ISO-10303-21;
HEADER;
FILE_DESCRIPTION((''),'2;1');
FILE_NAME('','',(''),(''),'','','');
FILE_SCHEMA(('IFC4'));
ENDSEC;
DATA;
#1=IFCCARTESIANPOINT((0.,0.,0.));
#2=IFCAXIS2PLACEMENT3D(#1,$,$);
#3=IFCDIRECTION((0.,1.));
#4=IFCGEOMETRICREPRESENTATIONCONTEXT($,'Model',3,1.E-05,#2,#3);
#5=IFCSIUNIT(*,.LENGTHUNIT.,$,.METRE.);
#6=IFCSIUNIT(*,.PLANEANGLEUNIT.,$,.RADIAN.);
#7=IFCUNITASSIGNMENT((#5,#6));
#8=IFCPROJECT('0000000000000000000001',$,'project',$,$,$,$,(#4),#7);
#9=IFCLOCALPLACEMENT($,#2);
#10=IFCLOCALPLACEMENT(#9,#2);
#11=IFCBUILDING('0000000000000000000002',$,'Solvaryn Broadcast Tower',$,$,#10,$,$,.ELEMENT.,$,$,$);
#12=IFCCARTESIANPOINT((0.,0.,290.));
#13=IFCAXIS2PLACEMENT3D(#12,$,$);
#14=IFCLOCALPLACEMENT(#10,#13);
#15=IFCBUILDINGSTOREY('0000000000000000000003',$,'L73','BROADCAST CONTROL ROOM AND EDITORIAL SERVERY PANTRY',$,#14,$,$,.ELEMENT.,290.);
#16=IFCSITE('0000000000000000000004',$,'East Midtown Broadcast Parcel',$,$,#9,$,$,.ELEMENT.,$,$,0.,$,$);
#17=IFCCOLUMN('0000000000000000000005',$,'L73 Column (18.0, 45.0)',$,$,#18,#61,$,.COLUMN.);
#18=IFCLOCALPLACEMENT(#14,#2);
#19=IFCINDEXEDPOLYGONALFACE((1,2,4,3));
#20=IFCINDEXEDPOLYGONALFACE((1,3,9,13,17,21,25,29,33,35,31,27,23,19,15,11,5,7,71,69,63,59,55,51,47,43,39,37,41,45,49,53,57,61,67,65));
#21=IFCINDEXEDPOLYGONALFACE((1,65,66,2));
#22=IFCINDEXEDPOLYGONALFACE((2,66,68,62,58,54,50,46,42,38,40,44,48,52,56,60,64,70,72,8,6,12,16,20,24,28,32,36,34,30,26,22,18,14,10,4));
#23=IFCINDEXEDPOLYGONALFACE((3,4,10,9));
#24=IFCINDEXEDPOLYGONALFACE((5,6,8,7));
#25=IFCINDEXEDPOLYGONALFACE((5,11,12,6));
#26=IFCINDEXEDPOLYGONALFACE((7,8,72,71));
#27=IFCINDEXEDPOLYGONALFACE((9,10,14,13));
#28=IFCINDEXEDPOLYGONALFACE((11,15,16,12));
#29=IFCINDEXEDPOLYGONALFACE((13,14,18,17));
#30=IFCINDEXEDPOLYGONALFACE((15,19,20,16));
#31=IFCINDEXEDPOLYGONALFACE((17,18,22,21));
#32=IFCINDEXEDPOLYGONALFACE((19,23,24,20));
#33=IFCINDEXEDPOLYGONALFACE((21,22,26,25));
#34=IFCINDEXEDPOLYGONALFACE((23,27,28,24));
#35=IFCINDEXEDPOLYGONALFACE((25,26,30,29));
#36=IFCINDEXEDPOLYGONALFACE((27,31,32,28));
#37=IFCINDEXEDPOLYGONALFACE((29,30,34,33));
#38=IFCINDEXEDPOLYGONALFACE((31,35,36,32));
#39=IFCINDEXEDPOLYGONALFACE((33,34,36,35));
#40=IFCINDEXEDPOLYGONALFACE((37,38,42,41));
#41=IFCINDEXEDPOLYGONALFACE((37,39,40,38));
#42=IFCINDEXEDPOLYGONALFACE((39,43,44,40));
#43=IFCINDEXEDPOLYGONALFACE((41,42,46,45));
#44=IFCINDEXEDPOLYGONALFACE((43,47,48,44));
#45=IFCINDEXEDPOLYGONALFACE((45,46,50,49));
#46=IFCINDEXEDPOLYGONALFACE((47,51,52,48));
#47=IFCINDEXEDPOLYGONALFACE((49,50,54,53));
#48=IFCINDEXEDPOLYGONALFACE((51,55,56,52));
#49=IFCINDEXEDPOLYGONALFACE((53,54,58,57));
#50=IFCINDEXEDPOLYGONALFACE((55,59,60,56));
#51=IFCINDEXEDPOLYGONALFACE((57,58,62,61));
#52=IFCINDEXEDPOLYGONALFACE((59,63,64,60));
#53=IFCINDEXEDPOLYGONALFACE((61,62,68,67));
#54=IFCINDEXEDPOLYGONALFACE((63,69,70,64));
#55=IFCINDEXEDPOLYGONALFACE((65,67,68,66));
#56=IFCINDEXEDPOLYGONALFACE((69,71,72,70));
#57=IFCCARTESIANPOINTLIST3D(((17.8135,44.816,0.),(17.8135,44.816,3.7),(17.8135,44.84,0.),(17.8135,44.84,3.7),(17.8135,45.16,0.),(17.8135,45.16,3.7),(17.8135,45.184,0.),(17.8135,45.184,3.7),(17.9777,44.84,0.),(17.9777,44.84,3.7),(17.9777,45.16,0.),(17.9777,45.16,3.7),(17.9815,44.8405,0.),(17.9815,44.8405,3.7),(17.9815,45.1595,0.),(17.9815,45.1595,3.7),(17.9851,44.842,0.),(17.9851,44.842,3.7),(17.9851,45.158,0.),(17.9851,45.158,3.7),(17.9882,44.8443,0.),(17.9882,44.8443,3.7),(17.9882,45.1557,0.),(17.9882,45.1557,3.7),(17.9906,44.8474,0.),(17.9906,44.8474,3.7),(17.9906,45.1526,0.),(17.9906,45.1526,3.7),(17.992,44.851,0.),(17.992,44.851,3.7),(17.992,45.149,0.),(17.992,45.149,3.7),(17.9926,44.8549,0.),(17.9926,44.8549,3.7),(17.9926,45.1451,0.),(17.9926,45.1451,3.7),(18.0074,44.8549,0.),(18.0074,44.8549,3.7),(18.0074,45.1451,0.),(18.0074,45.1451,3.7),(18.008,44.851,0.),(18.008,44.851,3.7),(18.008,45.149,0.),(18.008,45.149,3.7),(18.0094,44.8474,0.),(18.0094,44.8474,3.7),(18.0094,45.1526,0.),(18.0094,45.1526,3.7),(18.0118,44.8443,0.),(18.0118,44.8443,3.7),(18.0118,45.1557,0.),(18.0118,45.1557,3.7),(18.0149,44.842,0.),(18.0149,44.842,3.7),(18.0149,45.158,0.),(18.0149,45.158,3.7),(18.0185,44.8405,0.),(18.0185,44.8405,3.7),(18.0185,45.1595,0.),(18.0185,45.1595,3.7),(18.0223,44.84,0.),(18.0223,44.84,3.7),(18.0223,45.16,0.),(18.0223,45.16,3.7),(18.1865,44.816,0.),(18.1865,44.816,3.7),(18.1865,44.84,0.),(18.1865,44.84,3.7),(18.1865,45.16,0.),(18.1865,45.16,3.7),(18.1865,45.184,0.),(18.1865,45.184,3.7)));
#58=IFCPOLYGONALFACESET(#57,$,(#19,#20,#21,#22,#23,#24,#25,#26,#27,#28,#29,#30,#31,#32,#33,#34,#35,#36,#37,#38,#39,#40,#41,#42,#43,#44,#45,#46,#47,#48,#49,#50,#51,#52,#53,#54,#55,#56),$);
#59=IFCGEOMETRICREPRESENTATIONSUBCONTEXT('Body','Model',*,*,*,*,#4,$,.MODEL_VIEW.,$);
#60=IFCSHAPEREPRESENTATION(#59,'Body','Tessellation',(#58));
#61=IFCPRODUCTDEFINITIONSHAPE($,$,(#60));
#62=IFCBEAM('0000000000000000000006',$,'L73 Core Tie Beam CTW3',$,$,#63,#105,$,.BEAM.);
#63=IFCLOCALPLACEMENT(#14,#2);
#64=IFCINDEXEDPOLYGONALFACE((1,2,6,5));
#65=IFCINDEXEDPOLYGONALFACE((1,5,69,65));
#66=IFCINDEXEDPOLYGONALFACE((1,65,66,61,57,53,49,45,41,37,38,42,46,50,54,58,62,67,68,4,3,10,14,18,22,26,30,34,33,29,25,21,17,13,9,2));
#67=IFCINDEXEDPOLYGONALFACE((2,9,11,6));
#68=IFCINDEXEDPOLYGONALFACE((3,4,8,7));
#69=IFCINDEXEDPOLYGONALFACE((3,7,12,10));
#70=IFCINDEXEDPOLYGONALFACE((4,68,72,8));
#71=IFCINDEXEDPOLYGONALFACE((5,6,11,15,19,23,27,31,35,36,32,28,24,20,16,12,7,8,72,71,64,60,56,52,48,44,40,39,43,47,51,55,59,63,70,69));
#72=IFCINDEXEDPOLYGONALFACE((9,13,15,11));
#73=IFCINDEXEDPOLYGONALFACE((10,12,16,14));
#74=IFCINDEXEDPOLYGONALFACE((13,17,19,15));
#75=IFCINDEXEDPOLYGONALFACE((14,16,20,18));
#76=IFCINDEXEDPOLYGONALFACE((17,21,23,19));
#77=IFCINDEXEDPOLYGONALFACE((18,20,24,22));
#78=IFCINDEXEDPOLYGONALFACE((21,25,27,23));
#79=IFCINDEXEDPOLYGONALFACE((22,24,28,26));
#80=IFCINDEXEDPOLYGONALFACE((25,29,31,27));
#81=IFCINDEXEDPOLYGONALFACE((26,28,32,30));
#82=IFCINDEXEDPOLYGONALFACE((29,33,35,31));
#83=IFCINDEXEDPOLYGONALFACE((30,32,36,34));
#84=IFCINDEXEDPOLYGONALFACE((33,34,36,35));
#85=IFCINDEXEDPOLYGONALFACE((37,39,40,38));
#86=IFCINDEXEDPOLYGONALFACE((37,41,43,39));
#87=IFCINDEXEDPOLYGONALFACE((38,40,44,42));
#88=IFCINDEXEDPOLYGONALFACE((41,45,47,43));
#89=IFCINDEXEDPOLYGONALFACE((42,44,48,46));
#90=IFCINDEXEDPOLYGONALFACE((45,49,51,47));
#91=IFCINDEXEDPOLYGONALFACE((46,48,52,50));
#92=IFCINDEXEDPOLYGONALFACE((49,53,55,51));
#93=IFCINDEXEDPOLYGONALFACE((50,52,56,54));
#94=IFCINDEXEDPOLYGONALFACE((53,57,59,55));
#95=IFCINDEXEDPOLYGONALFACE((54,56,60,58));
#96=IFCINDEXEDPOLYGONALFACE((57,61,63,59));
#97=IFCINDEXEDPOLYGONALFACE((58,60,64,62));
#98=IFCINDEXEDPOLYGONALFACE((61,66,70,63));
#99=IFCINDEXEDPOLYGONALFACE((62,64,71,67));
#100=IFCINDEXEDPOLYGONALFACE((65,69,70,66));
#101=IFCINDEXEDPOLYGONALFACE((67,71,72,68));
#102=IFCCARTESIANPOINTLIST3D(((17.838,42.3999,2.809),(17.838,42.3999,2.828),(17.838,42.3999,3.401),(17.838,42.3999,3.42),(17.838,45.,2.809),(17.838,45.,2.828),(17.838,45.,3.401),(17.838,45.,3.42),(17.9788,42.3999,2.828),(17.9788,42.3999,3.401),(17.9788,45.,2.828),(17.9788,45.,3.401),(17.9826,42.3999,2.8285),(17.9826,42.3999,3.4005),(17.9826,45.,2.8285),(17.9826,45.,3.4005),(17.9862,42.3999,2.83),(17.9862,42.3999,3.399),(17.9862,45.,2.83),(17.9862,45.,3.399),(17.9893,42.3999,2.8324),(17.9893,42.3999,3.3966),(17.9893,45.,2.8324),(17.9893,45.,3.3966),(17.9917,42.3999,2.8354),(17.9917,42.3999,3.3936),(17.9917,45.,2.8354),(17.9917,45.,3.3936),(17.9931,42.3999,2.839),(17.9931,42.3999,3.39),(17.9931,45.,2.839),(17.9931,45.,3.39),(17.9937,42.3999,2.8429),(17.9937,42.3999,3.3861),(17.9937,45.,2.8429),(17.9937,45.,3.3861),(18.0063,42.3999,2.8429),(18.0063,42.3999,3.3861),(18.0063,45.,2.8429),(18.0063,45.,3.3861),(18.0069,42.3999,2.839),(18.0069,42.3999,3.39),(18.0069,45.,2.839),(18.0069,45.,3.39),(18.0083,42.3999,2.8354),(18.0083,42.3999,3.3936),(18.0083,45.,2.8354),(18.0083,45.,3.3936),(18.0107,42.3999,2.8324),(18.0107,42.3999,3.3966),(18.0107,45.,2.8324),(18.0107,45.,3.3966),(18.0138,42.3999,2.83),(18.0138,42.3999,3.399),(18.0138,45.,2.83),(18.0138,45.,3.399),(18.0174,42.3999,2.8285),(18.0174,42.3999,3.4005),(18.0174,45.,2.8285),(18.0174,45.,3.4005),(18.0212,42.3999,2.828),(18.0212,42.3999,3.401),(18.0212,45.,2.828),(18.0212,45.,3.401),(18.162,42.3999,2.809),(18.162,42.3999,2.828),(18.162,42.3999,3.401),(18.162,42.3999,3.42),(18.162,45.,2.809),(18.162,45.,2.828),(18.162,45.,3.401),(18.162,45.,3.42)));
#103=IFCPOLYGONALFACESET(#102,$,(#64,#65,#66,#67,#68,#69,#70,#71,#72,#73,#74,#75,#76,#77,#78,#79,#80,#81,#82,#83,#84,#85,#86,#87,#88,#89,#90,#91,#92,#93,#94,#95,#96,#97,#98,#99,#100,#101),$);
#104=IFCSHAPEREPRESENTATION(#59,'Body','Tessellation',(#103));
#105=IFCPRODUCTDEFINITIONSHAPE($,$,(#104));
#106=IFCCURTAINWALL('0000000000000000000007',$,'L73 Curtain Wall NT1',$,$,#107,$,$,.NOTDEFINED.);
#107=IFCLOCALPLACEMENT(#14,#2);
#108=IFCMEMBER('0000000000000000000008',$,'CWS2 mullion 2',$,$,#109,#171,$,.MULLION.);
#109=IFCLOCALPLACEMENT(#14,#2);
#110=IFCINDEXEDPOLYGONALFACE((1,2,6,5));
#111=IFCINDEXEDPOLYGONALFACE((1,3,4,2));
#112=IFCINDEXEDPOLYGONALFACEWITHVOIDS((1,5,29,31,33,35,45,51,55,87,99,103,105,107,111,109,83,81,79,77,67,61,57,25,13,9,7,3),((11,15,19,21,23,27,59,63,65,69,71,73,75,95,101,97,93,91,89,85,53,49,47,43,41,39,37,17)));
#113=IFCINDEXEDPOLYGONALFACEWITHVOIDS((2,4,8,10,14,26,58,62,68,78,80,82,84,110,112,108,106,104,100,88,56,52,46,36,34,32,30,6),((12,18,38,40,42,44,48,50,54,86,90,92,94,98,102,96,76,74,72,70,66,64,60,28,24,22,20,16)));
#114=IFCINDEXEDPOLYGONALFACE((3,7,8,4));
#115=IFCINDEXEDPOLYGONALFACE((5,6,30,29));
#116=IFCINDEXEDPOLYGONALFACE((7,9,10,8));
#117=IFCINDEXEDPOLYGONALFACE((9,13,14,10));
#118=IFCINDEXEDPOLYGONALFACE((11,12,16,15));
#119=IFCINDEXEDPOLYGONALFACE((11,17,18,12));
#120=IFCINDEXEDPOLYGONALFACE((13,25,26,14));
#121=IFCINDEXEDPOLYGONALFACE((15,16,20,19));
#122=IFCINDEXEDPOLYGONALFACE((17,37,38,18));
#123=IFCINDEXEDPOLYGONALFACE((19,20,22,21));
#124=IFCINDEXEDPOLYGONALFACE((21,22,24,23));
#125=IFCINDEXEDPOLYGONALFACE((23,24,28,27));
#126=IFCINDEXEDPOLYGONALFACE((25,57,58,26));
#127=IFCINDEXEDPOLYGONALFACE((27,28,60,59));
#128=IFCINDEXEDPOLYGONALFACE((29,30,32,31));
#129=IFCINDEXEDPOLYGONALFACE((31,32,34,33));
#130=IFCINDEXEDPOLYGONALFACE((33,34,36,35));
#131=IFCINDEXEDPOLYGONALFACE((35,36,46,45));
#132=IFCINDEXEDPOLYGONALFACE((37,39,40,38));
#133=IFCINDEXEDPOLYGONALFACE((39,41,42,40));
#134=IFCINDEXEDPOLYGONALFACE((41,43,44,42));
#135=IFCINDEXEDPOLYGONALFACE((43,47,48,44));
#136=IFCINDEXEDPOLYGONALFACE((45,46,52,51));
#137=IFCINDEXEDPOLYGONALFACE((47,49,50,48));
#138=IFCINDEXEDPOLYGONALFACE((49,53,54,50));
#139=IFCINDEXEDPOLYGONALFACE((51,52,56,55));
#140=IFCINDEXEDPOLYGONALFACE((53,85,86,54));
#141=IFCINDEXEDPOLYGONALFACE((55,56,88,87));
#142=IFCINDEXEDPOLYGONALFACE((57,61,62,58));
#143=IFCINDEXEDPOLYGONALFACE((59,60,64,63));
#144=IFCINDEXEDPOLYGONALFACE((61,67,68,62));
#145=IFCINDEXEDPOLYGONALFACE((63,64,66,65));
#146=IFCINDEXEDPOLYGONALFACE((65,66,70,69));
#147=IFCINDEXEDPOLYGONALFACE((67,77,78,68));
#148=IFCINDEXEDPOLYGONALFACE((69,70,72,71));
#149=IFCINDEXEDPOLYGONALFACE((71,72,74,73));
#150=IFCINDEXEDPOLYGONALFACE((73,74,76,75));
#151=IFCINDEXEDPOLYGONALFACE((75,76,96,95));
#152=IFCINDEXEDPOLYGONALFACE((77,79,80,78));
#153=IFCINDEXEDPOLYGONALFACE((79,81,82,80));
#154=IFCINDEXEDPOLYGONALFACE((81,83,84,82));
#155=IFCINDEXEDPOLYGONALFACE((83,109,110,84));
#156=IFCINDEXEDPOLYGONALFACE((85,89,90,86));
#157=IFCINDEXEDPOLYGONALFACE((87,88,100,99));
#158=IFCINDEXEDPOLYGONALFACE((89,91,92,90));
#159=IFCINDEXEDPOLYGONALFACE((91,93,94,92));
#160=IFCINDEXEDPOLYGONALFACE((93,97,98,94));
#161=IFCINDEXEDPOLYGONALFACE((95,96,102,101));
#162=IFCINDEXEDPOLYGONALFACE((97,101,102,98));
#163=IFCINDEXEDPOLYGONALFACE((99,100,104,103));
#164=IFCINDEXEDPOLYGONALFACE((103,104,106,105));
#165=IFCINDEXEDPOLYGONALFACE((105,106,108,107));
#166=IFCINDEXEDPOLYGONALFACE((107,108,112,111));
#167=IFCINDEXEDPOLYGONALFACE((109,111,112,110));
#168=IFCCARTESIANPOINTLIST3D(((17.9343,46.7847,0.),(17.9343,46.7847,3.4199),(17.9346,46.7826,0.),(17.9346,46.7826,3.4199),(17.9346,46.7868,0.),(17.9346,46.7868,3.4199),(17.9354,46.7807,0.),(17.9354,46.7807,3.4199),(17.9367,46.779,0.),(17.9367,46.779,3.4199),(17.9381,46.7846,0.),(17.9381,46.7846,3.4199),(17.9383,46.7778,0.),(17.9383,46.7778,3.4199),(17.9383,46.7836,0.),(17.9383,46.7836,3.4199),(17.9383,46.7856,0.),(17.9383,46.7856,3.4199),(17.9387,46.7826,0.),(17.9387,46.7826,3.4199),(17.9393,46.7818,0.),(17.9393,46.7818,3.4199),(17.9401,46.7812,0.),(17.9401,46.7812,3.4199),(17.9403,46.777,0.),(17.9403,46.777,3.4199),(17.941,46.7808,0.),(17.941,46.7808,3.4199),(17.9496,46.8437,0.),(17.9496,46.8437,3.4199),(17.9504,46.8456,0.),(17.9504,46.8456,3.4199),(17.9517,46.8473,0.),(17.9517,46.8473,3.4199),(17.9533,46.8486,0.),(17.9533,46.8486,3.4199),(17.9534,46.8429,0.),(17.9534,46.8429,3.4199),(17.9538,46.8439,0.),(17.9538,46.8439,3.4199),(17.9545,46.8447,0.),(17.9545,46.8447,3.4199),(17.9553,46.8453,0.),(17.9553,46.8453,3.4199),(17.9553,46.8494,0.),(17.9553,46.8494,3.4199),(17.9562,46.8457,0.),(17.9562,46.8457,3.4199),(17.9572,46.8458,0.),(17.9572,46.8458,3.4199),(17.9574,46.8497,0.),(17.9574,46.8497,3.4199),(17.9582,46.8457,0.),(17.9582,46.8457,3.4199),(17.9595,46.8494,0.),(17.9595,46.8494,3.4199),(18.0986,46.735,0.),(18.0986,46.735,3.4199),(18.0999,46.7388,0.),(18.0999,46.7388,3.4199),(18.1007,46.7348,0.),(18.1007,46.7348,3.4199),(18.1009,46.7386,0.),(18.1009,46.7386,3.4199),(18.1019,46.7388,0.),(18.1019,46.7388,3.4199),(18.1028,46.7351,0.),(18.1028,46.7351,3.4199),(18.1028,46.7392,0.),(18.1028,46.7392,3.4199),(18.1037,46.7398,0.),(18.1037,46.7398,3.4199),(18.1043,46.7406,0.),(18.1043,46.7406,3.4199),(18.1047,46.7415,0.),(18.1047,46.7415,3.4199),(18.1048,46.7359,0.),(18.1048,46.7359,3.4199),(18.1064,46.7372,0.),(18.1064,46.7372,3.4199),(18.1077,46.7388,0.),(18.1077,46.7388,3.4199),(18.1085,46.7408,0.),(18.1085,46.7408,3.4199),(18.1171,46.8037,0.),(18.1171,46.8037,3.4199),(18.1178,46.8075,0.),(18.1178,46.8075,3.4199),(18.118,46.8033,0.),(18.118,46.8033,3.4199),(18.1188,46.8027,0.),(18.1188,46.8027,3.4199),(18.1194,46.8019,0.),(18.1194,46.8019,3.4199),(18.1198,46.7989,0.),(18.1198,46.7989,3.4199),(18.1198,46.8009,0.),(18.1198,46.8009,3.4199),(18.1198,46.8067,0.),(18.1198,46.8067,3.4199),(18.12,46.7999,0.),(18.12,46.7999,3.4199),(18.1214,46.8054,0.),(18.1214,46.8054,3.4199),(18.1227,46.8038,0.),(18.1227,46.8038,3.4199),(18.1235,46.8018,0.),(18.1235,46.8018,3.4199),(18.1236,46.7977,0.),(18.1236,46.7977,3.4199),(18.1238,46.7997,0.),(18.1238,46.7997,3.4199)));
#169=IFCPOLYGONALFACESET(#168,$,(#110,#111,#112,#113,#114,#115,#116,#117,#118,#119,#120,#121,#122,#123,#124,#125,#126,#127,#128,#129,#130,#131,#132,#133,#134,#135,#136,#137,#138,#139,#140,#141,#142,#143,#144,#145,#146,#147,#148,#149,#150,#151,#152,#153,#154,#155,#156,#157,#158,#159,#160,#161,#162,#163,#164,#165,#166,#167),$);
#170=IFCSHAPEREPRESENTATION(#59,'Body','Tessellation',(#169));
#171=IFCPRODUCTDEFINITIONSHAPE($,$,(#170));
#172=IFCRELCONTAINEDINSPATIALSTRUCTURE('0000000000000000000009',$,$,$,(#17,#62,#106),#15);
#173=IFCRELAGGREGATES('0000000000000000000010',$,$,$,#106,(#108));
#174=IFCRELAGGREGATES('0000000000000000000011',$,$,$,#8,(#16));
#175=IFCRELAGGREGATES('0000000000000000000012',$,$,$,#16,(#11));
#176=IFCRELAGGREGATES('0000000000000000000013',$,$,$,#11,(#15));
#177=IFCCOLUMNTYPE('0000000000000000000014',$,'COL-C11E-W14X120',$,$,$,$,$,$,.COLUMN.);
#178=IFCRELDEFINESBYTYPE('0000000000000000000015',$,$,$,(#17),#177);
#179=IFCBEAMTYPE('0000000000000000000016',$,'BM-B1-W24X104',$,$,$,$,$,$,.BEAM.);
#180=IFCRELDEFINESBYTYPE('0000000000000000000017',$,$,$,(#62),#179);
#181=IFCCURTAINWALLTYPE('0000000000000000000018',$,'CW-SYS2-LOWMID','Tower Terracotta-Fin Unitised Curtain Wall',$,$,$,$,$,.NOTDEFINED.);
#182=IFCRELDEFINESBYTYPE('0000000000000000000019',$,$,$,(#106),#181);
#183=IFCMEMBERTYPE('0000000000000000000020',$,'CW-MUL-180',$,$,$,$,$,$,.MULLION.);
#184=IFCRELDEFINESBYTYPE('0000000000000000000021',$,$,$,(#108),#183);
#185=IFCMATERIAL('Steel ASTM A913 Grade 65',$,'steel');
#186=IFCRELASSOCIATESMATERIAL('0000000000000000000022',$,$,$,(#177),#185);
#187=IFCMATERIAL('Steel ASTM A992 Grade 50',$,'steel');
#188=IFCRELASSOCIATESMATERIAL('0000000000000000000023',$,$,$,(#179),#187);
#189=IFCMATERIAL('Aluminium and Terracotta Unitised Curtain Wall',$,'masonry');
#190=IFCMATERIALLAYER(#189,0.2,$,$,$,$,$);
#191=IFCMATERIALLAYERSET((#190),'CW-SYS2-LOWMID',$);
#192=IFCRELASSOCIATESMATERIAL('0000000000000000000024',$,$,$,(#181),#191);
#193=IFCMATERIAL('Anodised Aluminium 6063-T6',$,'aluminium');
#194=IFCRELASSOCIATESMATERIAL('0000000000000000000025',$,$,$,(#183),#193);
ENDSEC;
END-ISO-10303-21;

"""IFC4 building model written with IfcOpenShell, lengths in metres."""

from ifc_helpers import new_model, si_unit, direction, frame, origin, origin_2d, place, context, subcontext, project, spatial, hollow_rectangle, i_section, extrude, material, layer, layer_set, material_profile, profile_set, type_object, element, aggregate, save


model = new_model("IFC4")

# Units and contexts
model_context = context("Model", 3, precision=1e-05, world=origin(), true_north=direction((0.0, 1.0)))
body_context = subcontext(model_context, "Body", "Model", "MODEL_VIEW")
ifc_project = project(units=[si_unit("LENGTHUNIT", "METRE"), si_unit("PLANEANGLEUNIT", "RADIAN")], contexts=[model_context])

# Site, building, storey
site_placement = place(None, origin())
site = spatial("IfcSite", under=ifc_project, at=site_placement, Name="East Midtown Broadcast Parcel", CompositionType="ELEMENT", RefElevation=0.0)
building_placement = place(site_placement, origin())
building = spatial("IfcBuilding", under=site, at=building_placement, Name="Solvaryn Broadcast Tower", CompositionType="ELEMENT")
storey_placement = place(building_placement, frame((0.0, 0.0, 290.0)))
storey = spatial("IfcBuildingStorey", under=building, at=storey_placement, Name="L73", Description="BROADCAST CONTROL ROOM AND EDITORIAL SERVERY PANTRY", CompositionType="ELEMENT", Elevation=290.0)

# Column
ifc_material_1 = material(Name="Steel ASTM A913 Grade 65", Category="steel")
ifc_material_profile_1 = material_profile(ifc_material_1, i_section(OverallWidth=0.373, OverallDepth=0.3679, WebThickness=0.0149, FlangeThickness=0.0239, FilletRadius=0.0149, at=origin_2d()))
ifc_profile_set_1 = profile_set([ifc_material_profile_1], Name="Steel ASTM A913 Grade 65")
column_type = type_object("IfcColumnType", Name="COL-C11E-W14X120", PredefinedType="COLUMN", material=ifc_profile_set_1)
column_placement = place(storey_placement, frame((18.0, 45.0, 0.0), z_axis=(0.0, 0.0, 1.0), x_axis=(1.0, 0.0, 0.0)))
element("IfcColumn", 1, at=column_placement, inside=storey, type_object=column_type, Name="L73 Column (18.0, 45.0)", PredefinedType="COLUMN", context=body_context, shape_type="SweptSolid", body=[
    extrude(i_section(OverallWidth=0.373, OverallDepth=0.3679, WebThickness=0.0149, FlangeThickness=0.0239, FilletRadius=0.0149, at=origin_2d()), origin(), (0.0, 0.0, 1.0), 3.7),
])

# Beam
ifc_material_2 = material(Name="Steel ASTM A992 Grade 50", Category="steel")
ifc_material_profile_2 = material_profile(ifc_material_2, i_section(OverallWidth=0.324, OverallDepth=0.6111, WebThickness=0.0127, FlangeThickness=0.019, FilletRadius=0.0149, at=origin_2d()))
ifc_profile_set_2 = profile_set([ifc_material_profile_2], Name="Steel ASTM A992 Grade 50")
beam_type = type_object("IfcBeamType", Name="BM-B1-W24X104", PredefinedType="BEAM", material=ifc_profile_set_2)
beam_placement = place(storey_placement, frame((18.0, 42.3999, 3.1145), z_axis=(0.0, 1.0, 0.0), x_axis=(-1.0, 0.0, 0.0)))
element("IfcBeam", 2, at=beam_placement, inside=storey, type_object=beam_type, Name="L73 Core Tie Beam CTW3", PredefinedType="BEAM", context=body_context, shape_type="SweptSolid", body=[
    extrude(i_section(OverallWidth=0.324, OverallDepth=0.6111, WebThickness=0.0127, FlangeThickness=0.019, FilletRadius=0.0149, at=origin_2d()), origin(), (0.0, 0.0, 1.0), 2.6001),
])

# Curtain wall, member
ifc_material_3 = material(Name="Aluminium and Terracotta Unitised Curtain Wall", Category="masonry")
ifc_layer_1 = layer(ifc_material_3, 0.2)
ifc_layer_set_1 = layer_set([ifc_layer_1], Name="CW-SYS2-LOWMID")
curtain_wall_type = type_object("IfcCurtainWallType", Name="CW-SYS2-LOWMID", Description="Tower Terracotta-Fin Unitised Curtain Wall", PredefinedType="NOTDEFINED", material=ifc_layer_set_1)
curtain_wall_1_placement = place(storey_placement, origin())
curtain_wall_1 = element("IfcCurtainWall", 3, at=curtain_wall_1_placement, inside=storey, type_object=curtain_wall_type, Name="L73 Curtain Wall NT1", PredefinedType="NOTDEFINED")
ifc_material_4 = material(Name="Anodised Aluminium 6063-T6", Category="aluminium")
ifc_material_profile_3 = material_profile(ifc_material_4, hollow_rectangle(XDim=0.075, YDim=0.1799, WallThickness=0.0039, InnerFilletRadius=0.0039, OuterFilletRadius=0.0081, at=origin_2d()))
ifc_profile_set_3 = profile_set([ifc_material_profile_3], Name="Anodised Aluminium 6063-T6")
member_type_1 = type_object("IfcMemberType", Name="CW-MUL-180", PredefinedType="MULLION", material=ifc_profile_set_3)
member_1_placement = place(storey_placement, frame((18.0291, 46.7922, 0.0), z_axis=(0.0, 0.0, 1.0), x_axis=(-0.255893, -0.966705, 0.0)))
member_1 = element("IfcMember", 4, at=member_1_placement, type_object=member_type_1, Name="CWS2 mullion 2", PredefinedType="MULLION", context=body_context, shape_type="SweptSolid", body=[
    extrude(hollow_rectangle(XDim=0.075, YDim=0.1799, WallThickness=0.0039, InnerFilletRadius=0.0039, OuterFilletRadius=0.0081, at=origin_2d()), origin(), (0.0, 0.0, 1.0), 3.4199),
])

aggregate(curtain_wall_1, [member_1])

save(model, "model.ifc")
